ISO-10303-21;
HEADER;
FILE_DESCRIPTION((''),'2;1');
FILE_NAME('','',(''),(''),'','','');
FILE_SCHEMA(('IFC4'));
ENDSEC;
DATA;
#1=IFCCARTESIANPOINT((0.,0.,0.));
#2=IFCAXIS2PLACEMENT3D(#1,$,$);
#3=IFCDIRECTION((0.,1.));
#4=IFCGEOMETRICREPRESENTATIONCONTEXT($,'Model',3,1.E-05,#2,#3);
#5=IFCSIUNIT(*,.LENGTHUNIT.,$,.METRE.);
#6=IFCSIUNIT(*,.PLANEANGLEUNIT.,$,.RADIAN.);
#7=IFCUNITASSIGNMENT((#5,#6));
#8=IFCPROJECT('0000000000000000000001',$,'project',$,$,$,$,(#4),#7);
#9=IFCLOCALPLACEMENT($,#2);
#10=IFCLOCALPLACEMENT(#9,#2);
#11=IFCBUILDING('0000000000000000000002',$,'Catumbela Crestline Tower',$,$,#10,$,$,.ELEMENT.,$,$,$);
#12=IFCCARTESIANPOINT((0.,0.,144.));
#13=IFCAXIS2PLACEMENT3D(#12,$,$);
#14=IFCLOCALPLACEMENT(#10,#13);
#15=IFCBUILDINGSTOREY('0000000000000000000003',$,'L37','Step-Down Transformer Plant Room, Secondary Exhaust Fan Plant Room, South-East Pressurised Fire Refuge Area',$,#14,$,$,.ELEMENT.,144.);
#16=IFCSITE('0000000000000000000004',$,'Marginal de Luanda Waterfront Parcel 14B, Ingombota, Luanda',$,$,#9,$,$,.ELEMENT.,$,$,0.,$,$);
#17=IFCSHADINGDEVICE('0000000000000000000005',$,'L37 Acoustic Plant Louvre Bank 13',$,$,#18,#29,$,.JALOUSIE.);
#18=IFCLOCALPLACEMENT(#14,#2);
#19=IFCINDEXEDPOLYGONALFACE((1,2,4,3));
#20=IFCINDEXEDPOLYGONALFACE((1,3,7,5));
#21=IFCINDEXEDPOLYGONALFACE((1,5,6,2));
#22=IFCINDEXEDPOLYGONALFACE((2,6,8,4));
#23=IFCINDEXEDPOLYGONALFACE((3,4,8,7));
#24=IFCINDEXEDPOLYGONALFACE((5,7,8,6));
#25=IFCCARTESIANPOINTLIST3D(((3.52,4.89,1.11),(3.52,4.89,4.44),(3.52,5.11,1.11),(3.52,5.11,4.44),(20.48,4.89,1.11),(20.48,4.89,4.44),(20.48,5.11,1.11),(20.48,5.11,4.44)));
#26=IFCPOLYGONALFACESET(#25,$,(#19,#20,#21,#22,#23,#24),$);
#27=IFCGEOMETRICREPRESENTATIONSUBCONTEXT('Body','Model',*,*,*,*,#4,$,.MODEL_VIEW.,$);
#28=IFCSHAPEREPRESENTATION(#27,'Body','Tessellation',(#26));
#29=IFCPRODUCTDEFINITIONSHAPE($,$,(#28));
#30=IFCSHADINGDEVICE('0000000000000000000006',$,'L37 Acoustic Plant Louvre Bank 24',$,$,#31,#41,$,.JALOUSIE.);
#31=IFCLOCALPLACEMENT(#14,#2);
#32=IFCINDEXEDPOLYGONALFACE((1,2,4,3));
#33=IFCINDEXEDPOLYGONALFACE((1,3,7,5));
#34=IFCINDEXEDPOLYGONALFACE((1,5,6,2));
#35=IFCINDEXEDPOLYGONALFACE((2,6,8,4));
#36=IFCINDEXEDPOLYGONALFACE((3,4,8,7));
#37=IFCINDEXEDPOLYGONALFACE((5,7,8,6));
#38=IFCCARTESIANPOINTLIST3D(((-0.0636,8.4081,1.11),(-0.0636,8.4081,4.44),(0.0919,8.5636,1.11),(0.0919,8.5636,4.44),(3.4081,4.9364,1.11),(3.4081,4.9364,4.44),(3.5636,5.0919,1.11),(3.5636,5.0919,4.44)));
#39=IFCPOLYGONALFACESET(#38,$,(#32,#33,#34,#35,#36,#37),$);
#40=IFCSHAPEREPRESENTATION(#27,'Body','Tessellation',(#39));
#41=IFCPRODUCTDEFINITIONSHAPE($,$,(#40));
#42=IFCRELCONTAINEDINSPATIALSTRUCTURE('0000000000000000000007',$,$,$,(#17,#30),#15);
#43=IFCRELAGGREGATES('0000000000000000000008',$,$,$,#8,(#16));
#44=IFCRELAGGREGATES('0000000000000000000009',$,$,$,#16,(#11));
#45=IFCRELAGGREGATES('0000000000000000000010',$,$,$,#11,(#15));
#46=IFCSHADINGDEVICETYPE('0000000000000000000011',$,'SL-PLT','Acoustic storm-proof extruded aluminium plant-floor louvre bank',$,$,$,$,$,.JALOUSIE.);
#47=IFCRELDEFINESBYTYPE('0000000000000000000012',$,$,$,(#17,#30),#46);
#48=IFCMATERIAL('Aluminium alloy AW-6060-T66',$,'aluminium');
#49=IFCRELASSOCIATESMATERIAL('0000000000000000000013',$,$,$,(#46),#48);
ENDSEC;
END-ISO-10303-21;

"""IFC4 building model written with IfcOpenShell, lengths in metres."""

from ifc_helpers import new_model, si_unit, direction, frame, origin, origin_2d, place, context, subcontext, project, spatial, rectangle, extrude, material, type_object, element, save


model = new_model("IFC4")

# Units and contexts
model_context = context("Model", 3, precision=1e-05, world=origin(), true_north=direction((0.0, 1.0)))
body_context = subcontext(model_context, "Body", "Model", "MODEL_VIEW")
ifc_project = project(units=[si_unit("LENGTHUNIT", "METRE"), si_unit("PLANEANGLEUNIT", "RADIAN")], contexts=[model_context])

# Site, building, storey
site_placement = place(None, origin())
site = spatial("IfcSite", under=ifc_project, at=site_placement, Name="Marginal de Luanda Waterfront Parcel 14B, Ingombota, Luanda", CompositionType="ELEMENT", RefElevation=0.0)
building_placement = place(site_placement, origin())
building = spatial("IfcBuilding", under=site, at=building_placement, Name="Catumbela Crestline Tower", CompositionType="ELEMENT")
storey_placement = place(building_placement, frame((0.0, 0.0, 144.0)))
storey = spatial("IfcBuildingStorey", under=building, at=storey_placement, Name="L37", Description="Step-Down Transformer Plant Room, Secondary Exhaust Fan Plant Room, South-East Pressurised Fire Refuge Area", CompositionType="ELEMENT", Elevation=144.0)

# Shading devices
ifc_material_1 = material(Name="Aluminium alloy AW-6060-T66", Category="aluminium")
shading_device_type = type_object("IfcShadingDeviceType", Name="SL-PLT", Description="Acoustic storm-proof extruded aluminium plant-floor louvre bank", PredefinedType="JALOUSIE", material=ifc_material_1)
shading_device_1_placement = place(storey_placement, frame((12.0, 5.0, 1.11), z_axis=(0.0, 0.0, 1.0), x_axis=(1.0, 0.0, 0.0)))
element("IfcShadingDevice", 1, at=shading_device_1_placement, inside=storey, type_object=shading_device_type, Name="L37 Acoustic Plant Louvre Bank 13", PredefinedType="JALOUSIE", context=body_context, shape_type="SweptSolid", body=[
    extrude(rectangle(XDim=16.96, YDim=0.22, at=origin_2d()), origin(), (0.0, 0.0, 1.0), 3.33),
])
shading_device_2_placement = place(storey_placement, frame((1.75, 6.75, 1.11), z_axis=(0.0, 0.0, 1.0), x_axis=(0.707107, -0.707107, 0.0)))
element("IfcShadingDevice", 2, at=shading_device_2_placement, inside=storey, type_object=shading_device_type, Name="L37 Acoustic Plant Louvre Bank 24", PredefinedType="JALOUSIE", context=body_context, shape_type="SweptSolid", body=[
    extrude(rectangle(XDim=4.9097, YDim=0.22, at=origin_2d()), origin(), (0.0, 0.0, 1.0), 3.33),
])

save(model, "model.ifc")
